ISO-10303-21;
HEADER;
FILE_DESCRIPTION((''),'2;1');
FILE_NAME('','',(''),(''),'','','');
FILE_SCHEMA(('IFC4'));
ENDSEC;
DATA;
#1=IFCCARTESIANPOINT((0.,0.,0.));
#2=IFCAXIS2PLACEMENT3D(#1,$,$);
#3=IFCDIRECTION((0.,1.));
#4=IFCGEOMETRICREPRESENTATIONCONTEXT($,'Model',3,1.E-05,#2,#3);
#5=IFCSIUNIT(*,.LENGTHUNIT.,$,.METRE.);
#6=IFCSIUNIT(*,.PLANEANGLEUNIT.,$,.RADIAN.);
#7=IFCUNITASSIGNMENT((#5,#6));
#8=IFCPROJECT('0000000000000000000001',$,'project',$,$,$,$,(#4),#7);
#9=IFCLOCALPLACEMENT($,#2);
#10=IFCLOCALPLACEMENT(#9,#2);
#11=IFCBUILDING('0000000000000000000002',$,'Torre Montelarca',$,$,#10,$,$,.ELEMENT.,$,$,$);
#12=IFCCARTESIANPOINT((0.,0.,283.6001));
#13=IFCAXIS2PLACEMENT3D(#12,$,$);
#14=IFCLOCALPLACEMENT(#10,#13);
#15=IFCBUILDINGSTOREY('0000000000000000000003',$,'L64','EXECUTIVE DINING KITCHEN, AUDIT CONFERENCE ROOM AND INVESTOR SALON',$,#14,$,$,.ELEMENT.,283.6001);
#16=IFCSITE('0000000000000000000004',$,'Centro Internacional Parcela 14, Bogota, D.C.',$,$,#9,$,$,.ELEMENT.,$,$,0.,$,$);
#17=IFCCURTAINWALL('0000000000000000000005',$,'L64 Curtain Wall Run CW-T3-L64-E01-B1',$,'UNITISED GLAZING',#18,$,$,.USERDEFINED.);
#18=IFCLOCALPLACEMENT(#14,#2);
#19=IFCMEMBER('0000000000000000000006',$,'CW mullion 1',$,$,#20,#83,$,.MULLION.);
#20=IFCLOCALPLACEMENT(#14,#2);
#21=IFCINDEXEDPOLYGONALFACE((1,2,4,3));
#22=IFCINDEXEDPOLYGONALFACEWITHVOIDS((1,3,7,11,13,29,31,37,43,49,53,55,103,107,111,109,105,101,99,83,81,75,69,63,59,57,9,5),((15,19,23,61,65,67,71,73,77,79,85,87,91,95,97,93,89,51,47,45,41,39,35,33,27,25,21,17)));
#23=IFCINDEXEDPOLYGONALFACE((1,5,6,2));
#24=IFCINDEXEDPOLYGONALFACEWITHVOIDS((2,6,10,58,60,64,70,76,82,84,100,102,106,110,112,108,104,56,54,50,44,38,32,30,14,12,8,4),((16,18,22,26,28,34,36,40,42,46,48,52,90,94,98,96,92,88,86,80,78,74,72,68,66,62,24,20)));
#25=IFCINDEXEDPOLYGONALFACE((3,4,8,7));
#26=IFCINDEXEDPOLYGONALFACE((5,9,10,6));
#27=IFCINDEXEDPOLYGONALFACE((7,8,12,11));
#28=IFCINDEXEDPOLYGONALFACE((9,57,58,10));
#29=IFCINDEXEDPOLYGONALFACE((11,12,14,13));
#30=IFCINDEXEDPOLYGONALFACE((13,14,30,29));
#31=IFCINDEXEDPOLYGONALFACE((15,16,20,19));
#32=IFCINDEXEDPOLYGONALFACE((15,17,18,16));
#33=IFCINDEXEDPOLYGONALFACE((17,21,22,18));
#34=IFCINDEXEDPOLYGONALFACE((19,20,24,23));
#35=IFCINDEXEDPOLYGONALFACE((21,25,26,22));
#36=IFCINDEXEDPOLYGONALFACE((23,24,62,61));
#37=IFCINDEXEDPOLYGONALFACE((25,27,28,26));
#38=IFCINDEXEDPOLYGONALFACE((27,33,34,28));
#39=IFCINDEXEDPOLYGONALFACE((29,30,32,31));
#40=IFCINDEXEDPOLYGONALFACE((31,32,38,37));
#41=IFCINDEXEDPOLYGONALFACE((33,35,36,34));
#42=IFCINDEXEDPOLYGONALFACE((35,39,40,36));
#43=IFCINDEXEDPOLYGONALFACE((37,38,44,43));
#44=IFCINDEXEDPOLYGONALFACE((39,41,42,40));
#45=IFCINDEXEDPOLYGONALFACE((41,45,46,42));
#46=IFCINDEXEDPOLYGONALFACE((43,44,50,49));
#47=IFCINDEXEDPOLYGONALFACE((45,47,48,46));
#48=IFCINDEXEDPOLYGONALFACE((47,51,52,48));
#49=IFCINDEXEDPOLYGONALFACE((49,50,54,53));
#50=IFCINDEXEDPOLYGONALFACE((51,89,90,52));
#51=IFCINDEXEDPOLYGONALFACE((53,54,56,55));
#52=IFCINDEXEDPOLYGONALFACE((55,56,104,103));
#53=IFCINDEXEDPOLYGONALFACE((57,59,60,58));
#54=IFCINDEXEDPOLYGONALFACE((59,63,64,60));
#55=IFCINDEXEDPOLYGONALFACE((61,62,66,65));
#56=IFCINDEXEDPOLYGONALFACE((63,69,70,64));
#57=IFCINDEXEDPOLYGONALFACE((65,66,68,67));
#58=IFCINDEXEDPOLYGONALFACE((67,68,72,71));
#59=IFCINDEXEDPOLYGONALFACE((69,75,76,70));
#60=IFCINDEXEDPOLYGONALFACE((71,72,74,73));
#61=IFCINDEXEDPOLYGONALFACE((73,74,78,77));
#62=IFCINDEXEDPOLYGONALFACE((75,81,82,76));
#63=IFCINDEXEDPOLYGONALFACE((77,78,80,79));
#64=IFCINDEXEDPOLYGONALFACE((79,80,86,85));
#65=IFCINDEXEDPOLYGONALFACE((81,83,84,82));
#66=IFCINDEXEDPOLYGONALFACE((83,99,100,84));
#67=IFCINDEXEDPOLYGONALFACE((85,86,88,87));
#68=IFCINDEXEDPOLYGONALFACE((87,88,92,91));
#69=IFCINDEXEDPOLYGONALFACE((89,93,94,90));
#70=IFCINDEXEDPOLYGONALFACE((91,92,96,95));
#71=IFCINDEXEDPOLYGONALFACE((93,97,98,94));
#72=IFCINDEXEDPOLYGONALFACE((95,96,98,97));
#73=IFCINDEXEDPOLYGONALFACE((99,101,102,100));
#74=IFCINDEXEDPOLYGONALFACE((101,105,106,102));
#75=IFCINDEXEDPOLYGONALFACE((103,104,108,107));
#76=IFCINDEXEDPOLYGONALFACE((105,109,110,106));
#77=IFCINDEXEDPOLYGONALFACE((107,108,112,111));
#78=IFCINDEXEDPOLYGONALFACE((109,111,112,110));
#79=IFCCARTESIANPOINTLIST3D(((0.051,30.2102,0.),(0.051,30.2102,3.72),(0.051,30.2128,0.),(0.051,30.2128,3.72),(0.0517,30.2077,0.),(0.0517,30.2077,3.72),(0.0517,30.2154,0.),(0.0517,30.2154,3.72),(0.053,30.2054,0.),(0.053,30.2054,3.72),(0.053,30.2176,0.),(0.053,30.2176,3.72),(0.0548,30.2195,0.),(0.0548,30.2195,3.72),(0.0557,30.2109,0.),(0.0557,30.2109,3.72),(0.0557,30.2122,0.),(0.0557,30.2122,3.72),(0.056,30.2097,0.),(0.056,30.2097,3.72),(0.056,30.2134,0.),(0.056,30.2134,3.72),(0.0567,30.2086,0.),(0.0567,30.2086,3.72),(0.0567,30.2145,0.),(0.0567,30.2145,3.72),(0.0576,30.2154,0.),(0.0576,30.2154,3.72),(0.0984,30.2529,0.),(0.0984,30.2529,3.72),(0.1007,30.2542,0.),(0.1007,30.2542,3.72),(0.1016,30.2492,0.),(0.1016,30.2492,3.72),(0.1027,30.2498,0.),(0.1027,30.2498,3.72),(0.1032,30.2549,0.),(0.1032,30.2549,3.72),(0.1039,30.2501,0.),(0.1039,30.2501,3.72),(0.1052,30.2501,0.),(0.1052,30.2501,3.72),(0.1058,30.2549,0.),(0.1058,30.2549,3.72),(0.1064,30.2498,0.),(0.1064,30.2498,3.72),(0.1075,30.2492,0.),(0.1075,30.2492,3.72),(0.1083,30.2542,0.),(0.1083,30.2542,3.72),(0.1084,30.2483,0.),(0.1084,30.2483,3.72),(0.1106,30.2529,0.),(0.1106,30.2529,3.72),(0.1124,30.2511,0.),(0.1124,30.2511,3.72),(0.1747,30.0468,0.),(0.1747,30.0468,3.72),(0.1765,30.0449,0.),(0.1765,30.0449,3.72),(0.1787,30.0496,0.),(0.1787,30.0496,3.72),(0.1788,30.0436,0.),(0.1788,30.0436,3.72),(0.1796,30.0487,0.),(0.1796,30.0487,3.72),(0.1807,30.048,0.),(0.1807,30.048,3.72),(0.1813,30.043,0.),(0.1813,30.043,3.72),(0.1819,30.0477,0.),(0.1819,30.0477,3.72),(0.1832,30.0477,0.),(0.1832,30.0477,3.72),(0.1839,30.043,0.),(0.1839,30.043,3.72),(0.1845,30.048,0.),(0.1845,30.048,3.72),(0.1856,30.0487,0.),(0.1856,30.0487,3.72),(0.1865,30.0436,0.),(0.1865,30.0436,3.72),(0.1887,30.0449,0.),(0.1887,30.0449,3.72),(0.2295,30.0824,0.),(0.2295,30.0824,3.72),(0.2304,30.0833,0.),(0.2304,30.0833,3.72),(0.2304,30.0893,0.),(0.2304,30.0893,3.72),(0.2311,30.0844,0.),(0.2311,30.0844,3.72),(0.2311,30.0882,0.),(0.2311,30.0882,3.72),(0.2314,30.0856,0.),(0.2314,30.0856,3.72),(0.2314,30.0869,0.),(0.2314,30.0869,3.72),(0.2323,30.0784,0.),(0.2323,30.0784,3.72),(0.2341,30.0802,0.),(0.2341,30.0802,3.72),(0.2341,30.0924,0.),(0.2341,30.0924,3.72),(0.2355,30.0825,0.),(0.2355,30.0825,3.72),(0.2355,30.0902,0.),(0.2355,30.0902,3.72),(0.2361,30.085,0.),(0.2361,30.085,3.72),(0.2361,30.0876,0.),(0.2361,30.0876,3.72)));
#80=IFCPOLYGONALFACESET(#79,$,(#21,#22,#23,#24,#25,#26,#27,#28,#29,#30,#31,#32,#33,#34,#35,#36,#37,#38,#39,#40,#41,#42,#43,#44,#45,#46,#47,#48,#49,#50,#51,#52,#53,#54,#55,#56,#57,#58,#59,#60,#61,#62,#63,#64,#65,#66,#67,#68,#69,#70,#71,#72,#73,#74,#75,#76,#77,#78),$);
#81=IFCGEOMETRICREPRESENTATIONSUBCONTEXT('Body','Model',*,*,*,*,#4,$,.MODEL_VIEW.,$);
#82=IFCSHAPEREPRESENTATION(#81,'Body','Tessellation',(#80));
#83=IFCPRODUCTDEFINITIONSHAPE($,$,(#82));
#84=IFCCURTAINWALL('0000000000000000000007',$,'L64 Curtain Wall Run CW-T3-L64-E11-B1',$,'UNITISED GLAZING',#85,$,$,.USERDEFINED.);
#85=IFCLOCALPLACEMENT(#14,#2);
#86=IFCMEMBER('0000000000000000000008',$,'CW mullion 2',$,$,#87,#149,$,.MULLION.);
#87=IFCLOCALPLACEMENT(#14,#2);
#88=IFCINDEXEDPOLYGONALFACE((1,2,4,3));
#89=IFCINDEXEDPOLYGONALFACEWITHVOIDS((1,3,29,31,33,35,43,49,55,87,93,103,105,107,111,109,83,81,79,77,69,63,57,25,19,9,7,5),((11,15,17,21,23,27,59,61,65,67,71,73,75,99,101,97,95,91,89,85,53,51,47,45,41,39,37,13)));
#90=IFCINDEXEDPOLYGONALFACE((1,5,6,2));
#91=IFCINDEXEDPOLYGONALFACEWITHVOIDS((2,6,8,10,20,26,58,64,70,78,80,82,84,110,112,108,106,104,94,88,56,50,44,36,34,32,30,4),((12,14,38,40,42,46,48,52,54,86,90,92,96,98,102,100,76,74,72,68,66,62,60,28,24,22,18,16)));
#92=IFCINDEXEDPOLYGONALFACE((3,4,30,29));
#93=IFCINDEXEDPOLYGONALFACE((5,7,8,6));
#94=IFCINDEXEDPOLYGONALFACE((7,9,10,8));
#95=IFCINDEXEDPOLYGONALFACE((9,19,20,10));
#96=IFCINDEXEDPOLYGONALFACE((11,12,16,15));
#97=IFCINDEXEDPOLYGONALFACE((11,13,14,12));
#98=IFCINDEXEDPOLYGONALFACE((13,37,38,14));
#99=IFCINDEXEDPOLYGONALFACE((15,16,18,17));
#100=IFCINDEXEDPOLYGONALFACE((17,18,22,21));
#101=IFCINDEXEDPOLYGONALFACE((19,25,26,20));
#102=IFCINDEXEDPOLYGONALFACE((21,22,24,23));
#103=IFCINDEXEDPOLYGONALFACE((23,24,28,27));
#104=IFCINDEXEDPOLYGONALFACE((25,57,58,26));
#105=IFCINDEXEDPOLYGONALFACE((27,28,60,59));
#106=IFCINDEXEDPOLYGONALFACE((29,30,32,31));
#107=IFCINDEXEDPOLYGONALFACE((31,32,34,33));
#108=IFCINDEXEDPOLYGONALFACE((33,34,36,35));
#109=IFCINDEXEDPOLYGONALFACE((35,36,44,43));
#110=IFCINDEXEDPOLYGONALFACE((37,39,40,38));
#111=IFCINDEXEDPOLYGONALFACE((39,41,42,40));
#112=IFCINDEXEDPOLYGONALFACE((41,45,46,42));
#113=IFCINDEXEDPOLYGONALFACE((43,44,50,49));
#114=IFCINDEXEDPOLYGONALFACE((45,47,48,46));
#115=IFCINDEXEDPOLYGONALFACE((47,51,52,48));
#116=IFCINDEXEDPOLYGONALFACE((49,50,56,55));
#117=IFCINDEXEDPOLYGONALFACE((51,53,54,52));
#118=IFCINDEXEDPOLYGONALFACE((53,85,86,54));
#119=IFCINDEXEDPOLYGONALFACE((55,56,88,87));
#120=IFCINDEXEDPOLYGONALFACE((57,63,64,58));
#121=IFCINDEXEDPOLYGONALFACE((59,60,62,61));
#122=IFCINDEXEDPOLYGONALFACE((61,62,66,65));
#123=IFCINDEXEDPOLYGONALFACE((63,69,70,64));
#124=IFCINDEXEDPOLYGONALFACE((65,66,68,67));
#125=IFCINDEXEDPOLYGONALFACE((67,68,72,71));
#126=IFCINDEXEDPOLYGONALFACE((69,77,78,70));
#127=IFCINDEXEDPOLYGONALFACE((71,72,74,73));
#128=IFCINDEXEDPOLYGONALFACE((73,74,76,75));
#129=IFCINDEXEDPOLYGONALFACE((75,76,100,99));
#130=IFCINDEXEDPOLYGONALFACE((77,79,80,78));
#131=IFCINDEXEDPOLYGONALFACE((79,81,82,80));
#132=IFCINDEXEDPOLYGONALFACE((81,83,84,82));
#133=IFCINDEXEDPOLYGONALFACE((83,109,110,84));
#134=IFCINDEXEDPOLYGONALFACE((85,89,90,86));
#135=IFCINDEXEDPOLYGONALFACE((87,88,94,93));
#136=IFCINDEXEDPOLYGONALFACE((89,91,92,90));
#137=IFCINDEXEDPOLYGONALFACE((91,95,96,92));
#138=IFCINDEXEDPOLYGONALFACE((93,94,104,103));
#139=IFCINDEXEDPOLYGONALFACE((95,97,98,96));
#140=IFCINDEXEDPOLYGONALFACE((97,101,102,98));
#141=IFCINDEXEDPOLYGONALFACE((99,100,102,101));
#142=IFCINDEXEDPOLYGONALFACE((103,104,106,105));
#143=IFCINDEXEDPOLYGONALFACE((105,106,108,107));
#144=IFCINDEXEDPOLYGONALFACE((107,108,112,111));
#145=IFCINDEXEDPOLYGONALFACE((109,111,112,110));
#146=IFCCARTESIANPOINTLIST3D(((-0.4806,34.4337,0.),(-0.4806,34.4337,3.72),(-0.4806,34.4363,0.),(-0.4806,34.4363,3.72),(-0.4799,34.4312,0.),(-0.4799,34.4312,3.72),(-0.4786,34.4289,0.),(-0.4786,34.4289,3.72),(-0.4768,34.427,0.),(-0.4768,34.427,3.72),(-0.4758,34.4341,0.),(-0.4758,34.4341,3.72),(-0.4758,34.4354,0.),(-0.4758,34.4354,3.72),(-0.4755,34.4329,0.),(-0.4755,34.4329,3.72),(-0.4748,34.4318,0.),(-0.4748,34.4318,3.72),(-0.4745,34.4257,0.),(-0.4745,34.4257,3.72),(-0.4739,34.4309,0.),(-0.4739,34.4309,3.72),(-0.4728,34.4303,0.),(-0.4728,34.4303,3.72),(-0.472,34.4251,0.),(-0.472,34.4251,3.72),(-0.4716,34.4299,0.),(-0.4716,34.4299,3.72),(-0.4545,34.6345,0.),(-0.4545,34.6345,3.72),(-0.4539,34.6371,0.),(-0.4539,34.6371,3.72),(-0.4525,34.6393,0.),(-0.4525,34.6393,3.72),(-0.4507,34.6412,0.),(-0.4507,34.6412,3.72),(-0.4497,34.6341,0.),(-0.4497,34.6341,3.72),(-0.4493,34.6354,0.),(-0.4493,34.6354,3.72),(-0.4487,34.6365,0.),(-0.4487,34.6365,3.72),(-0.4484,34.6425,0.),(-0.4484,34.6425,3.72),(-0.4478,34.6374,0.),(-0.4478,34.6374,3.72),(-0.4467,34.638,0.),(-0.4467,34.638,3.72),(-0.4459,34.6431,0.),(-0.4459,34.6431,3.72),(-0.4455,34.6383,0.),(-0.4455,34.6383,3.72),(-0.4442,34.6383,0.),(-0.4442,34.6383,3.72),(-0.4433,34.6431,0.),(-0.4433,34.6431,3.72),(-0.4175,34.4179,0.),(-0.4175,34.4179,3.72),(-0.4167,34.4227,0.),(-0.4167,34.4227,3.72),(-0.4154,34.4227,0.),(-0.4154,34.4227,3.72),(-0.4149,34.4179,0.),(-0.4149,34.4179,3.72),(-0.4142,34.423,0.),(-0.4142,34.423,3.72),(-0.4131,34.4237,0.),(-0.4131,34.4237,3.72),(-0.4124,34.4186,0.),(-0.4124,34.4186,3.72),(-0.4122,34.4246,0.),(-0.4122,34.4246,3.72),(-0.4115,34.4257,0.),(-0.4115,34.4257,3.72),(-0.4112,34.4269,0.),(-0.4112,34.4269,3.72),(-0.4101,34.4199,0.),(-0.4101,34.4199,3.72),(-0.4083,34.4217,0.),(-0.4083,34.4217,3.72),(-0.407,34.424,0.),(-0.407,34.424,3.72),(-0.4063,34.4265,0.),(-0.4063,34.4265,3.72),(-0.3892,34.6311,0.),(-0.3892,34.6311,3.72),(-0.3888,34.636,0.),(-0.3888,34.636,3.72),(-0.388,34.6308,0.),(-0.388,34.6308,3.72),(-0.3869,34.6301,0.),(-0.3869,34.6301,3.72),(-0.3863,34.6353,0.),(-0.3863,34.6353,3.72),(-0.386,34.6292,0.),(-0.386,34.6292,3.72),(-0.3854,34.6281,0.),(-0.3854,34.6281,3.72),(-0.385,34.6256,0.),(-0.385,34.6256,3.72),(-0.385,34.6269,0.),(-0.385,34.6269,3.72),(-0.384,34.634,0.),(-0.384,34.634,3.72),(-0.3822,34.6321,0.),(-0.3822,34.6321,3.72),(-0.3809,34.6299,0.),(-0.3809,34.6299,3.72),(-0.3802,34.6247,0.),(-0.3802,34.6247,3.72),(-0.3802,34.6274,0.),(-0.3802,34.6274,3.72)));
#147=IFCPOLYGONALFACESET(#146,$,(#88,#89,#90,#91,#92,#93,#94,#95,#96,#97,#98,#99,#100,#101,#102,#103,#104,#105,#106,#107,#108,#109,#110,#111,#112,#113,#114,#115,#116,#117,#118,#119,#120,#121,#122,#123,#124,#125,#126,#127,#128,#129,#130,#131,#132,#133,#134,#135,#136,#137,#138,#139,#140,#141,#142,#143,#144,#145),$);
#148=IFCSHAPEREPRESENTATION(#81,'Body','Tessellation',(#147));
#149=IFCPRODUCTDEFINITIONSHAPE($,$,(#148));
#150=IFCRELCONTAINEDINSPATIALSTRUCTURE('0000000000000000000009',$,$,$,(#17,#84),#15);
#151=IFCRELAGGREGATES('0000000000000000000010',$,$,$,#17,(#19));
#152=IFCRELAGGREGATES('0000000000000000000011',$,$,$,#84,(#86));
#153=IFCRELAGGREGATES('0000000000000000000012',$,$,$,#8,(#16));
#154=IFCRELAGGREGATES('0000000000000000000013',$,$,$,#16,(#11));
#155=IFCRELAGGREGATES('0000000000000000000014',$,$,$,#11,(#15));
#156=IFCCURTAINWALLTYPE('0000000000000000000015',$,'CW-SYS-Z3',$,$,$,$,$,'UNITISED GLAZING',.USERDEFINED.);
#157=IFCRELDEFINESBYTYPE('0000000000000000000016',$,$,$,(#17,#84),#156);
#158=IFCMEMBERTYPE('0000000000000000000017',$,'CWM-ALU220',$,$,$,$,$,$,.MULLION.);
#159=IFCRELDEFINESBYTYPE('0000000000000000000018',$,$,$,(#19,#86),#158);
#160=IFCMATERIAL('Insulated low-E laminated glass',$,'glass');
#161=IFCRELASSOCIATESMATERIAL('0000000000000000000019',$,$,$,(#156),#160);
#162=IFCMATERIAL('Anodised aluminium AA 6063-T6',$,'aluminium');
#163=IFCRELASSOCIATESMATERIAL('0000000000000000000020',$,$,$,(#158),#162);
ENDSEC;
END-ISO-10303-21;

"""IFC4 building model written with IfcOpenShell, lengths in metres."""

from ifc_helpers import new_model, si_unit, direction, frame, origin, origin_2d, place, context, subcontext, project, spatial, hollow_rectangle, extrude, source, transform, mapped, material, material_profile, profile_set, type_object, element, aggregate, save


model = new_model("IFC4")

# Units and contexts
model_context = context("Model", 3, precision=1e-05, world=origin(), true_north=direction((0.0, 1.0)))
body_context = subcontext(model_context, "Body", "Model", "MODEL_VIEW")
ifc_project = project(units=[si_unit("LENGTHUNIT", "METRE"), si_unit("PLANEANGLEUNIT", "RADIAN")], contexts=[model_context])

# Site, building, storey
site_placement = place(None, origin())
site = spatial("IfcSite", under=ifc_project, at=site_placement, Name="Centro Internacional Parcela 14, Bogota, D.C.", CompositionType="ELEMENT", RefElevation=0.0)
building_placement = place(site_placement, origin())
building = spatial("IfcBuilding", under=site, at=building_placement, Name="Torre Montelarca", CompositionType="ELEMENT")
storey_placement = place(building_placement, frame((0.0, 0.0, 283.6001)))
storey = spatial("IfcBuildingStorey", under=building, at=storey_placement, Name="L64", Description="EXECUTIVE DINING KITCHEN, AUDIT CONFERENCE ROOM AND INVESTOR SALON", CompositionType="ELEMENT", Elevation=283.6001)

# Curtain wall, member
ifc_material_1 = material(Name="Insulated low-E laminated glass", Category="glass")
curtain_wall_type = type_object("IfcCurtainWallType", Name="CW-SYS-Z3", ElementType="UNITISED GLAZING", PredefinedType="USERDEFINED", material=ifc_material_1)
curtain_wall_1_placement = place(storey_placement, origin())
curtain_wall_1 = element("IfcCurtainWall", 1, at=curtain_wall_1_placement, inside=storey, type_object=curtain_wall_type, Name="L64 Curtain Wall Run CW-T3-L64-E01-B1", ObjectType="UNITISED GLAZING", PredefinedType="USERDEFINED")
ifc_material_2 = material(Name="Anodised aluminium AA 6063-T6", Category="aluminium")
ifc_material_profile_1 = material_profile(ifc_material_2, hollow_rectangle(XDim=0.075, YDim=0.22, WallThickness=0.0049, InnerFilletRadius=0.0049, OuterFilletRadius=0.01, at=origin_2d()), Name="ALU75X220X5", Category="aluminium")
ifc_profile_set_1 = profile_set([ifc_material_profile_1], Name="Anodised aluminium AA 6063-T6")
member_type_1 = type_object("IfcMemberType", Name="CWM-ALU220", PredefinedType="MULLION", material=ifc_profile_set_1)
shared_shape_1 = source(origin(), body_context, "Body", "SweptSolid", [
    extrude(hollow_rectangle(XDim=0.075, YDim=0.22, WallThickness=0.0049, InnerFilletRadius=0.0049, OuterFilletRadius=0.01, at=origin_2d()), origin(), (0.0, 0.0, 1.0), 3.72),
])
member_1_placement = place(storey_placement, frame((0.1436, 30.1489, 0.0), z_axis=(0.0, 0.0, 1.0), x_axis=(0.793348, 0.608768, 0.0)))
member_1 = element("IfcMember", 2, at=member_1_placement, type_object=member_type_1, Name="CW mullion 1", PredefinedType="MULLION", context=body_context, shape_type="MappedRepresentation", body=[
    mapped(shared_shape_1, transform((0.0, 0.0, 0.0), scale=1.0)),
])
aggregate(curtain_wall_1, [member_1])

# Curtain wall, member
curtain_wall_2_placement = place(storey_placement, origin())
curtain_wall_2 = element("IfcCurtainWall", 3, at=curtain_wall_2_placement, inside=storey, type_object=curtain_wall_type, Name="L64 Curtain Wall Run CW-T3-L64-E11-B1", ObjectType="UNITISED GLAZING", PredefinedType="USERDEFINED")
member_2_placement = place(storey_placement, frame((-0.4304, 34.5305, 0.0), z_axis=(0.0, 0.0, 1.0), x_axis=(0.991446, -0.130514, 0.0)))
member_2 = element("IfcMember", 4, at=member_2_placement, type_object=member_type_1, Name="CW mullion 2", PredefinedType="MULLION", context=body_context, shape_type="MappedRepresentation", body=[
    mapped(shared_shape_1, transform((0.0, 0.0, 0.0), scale=1.0)),
])
aggregate(curtain_wall_2, [member_2])

save(model, "model.ifc")
